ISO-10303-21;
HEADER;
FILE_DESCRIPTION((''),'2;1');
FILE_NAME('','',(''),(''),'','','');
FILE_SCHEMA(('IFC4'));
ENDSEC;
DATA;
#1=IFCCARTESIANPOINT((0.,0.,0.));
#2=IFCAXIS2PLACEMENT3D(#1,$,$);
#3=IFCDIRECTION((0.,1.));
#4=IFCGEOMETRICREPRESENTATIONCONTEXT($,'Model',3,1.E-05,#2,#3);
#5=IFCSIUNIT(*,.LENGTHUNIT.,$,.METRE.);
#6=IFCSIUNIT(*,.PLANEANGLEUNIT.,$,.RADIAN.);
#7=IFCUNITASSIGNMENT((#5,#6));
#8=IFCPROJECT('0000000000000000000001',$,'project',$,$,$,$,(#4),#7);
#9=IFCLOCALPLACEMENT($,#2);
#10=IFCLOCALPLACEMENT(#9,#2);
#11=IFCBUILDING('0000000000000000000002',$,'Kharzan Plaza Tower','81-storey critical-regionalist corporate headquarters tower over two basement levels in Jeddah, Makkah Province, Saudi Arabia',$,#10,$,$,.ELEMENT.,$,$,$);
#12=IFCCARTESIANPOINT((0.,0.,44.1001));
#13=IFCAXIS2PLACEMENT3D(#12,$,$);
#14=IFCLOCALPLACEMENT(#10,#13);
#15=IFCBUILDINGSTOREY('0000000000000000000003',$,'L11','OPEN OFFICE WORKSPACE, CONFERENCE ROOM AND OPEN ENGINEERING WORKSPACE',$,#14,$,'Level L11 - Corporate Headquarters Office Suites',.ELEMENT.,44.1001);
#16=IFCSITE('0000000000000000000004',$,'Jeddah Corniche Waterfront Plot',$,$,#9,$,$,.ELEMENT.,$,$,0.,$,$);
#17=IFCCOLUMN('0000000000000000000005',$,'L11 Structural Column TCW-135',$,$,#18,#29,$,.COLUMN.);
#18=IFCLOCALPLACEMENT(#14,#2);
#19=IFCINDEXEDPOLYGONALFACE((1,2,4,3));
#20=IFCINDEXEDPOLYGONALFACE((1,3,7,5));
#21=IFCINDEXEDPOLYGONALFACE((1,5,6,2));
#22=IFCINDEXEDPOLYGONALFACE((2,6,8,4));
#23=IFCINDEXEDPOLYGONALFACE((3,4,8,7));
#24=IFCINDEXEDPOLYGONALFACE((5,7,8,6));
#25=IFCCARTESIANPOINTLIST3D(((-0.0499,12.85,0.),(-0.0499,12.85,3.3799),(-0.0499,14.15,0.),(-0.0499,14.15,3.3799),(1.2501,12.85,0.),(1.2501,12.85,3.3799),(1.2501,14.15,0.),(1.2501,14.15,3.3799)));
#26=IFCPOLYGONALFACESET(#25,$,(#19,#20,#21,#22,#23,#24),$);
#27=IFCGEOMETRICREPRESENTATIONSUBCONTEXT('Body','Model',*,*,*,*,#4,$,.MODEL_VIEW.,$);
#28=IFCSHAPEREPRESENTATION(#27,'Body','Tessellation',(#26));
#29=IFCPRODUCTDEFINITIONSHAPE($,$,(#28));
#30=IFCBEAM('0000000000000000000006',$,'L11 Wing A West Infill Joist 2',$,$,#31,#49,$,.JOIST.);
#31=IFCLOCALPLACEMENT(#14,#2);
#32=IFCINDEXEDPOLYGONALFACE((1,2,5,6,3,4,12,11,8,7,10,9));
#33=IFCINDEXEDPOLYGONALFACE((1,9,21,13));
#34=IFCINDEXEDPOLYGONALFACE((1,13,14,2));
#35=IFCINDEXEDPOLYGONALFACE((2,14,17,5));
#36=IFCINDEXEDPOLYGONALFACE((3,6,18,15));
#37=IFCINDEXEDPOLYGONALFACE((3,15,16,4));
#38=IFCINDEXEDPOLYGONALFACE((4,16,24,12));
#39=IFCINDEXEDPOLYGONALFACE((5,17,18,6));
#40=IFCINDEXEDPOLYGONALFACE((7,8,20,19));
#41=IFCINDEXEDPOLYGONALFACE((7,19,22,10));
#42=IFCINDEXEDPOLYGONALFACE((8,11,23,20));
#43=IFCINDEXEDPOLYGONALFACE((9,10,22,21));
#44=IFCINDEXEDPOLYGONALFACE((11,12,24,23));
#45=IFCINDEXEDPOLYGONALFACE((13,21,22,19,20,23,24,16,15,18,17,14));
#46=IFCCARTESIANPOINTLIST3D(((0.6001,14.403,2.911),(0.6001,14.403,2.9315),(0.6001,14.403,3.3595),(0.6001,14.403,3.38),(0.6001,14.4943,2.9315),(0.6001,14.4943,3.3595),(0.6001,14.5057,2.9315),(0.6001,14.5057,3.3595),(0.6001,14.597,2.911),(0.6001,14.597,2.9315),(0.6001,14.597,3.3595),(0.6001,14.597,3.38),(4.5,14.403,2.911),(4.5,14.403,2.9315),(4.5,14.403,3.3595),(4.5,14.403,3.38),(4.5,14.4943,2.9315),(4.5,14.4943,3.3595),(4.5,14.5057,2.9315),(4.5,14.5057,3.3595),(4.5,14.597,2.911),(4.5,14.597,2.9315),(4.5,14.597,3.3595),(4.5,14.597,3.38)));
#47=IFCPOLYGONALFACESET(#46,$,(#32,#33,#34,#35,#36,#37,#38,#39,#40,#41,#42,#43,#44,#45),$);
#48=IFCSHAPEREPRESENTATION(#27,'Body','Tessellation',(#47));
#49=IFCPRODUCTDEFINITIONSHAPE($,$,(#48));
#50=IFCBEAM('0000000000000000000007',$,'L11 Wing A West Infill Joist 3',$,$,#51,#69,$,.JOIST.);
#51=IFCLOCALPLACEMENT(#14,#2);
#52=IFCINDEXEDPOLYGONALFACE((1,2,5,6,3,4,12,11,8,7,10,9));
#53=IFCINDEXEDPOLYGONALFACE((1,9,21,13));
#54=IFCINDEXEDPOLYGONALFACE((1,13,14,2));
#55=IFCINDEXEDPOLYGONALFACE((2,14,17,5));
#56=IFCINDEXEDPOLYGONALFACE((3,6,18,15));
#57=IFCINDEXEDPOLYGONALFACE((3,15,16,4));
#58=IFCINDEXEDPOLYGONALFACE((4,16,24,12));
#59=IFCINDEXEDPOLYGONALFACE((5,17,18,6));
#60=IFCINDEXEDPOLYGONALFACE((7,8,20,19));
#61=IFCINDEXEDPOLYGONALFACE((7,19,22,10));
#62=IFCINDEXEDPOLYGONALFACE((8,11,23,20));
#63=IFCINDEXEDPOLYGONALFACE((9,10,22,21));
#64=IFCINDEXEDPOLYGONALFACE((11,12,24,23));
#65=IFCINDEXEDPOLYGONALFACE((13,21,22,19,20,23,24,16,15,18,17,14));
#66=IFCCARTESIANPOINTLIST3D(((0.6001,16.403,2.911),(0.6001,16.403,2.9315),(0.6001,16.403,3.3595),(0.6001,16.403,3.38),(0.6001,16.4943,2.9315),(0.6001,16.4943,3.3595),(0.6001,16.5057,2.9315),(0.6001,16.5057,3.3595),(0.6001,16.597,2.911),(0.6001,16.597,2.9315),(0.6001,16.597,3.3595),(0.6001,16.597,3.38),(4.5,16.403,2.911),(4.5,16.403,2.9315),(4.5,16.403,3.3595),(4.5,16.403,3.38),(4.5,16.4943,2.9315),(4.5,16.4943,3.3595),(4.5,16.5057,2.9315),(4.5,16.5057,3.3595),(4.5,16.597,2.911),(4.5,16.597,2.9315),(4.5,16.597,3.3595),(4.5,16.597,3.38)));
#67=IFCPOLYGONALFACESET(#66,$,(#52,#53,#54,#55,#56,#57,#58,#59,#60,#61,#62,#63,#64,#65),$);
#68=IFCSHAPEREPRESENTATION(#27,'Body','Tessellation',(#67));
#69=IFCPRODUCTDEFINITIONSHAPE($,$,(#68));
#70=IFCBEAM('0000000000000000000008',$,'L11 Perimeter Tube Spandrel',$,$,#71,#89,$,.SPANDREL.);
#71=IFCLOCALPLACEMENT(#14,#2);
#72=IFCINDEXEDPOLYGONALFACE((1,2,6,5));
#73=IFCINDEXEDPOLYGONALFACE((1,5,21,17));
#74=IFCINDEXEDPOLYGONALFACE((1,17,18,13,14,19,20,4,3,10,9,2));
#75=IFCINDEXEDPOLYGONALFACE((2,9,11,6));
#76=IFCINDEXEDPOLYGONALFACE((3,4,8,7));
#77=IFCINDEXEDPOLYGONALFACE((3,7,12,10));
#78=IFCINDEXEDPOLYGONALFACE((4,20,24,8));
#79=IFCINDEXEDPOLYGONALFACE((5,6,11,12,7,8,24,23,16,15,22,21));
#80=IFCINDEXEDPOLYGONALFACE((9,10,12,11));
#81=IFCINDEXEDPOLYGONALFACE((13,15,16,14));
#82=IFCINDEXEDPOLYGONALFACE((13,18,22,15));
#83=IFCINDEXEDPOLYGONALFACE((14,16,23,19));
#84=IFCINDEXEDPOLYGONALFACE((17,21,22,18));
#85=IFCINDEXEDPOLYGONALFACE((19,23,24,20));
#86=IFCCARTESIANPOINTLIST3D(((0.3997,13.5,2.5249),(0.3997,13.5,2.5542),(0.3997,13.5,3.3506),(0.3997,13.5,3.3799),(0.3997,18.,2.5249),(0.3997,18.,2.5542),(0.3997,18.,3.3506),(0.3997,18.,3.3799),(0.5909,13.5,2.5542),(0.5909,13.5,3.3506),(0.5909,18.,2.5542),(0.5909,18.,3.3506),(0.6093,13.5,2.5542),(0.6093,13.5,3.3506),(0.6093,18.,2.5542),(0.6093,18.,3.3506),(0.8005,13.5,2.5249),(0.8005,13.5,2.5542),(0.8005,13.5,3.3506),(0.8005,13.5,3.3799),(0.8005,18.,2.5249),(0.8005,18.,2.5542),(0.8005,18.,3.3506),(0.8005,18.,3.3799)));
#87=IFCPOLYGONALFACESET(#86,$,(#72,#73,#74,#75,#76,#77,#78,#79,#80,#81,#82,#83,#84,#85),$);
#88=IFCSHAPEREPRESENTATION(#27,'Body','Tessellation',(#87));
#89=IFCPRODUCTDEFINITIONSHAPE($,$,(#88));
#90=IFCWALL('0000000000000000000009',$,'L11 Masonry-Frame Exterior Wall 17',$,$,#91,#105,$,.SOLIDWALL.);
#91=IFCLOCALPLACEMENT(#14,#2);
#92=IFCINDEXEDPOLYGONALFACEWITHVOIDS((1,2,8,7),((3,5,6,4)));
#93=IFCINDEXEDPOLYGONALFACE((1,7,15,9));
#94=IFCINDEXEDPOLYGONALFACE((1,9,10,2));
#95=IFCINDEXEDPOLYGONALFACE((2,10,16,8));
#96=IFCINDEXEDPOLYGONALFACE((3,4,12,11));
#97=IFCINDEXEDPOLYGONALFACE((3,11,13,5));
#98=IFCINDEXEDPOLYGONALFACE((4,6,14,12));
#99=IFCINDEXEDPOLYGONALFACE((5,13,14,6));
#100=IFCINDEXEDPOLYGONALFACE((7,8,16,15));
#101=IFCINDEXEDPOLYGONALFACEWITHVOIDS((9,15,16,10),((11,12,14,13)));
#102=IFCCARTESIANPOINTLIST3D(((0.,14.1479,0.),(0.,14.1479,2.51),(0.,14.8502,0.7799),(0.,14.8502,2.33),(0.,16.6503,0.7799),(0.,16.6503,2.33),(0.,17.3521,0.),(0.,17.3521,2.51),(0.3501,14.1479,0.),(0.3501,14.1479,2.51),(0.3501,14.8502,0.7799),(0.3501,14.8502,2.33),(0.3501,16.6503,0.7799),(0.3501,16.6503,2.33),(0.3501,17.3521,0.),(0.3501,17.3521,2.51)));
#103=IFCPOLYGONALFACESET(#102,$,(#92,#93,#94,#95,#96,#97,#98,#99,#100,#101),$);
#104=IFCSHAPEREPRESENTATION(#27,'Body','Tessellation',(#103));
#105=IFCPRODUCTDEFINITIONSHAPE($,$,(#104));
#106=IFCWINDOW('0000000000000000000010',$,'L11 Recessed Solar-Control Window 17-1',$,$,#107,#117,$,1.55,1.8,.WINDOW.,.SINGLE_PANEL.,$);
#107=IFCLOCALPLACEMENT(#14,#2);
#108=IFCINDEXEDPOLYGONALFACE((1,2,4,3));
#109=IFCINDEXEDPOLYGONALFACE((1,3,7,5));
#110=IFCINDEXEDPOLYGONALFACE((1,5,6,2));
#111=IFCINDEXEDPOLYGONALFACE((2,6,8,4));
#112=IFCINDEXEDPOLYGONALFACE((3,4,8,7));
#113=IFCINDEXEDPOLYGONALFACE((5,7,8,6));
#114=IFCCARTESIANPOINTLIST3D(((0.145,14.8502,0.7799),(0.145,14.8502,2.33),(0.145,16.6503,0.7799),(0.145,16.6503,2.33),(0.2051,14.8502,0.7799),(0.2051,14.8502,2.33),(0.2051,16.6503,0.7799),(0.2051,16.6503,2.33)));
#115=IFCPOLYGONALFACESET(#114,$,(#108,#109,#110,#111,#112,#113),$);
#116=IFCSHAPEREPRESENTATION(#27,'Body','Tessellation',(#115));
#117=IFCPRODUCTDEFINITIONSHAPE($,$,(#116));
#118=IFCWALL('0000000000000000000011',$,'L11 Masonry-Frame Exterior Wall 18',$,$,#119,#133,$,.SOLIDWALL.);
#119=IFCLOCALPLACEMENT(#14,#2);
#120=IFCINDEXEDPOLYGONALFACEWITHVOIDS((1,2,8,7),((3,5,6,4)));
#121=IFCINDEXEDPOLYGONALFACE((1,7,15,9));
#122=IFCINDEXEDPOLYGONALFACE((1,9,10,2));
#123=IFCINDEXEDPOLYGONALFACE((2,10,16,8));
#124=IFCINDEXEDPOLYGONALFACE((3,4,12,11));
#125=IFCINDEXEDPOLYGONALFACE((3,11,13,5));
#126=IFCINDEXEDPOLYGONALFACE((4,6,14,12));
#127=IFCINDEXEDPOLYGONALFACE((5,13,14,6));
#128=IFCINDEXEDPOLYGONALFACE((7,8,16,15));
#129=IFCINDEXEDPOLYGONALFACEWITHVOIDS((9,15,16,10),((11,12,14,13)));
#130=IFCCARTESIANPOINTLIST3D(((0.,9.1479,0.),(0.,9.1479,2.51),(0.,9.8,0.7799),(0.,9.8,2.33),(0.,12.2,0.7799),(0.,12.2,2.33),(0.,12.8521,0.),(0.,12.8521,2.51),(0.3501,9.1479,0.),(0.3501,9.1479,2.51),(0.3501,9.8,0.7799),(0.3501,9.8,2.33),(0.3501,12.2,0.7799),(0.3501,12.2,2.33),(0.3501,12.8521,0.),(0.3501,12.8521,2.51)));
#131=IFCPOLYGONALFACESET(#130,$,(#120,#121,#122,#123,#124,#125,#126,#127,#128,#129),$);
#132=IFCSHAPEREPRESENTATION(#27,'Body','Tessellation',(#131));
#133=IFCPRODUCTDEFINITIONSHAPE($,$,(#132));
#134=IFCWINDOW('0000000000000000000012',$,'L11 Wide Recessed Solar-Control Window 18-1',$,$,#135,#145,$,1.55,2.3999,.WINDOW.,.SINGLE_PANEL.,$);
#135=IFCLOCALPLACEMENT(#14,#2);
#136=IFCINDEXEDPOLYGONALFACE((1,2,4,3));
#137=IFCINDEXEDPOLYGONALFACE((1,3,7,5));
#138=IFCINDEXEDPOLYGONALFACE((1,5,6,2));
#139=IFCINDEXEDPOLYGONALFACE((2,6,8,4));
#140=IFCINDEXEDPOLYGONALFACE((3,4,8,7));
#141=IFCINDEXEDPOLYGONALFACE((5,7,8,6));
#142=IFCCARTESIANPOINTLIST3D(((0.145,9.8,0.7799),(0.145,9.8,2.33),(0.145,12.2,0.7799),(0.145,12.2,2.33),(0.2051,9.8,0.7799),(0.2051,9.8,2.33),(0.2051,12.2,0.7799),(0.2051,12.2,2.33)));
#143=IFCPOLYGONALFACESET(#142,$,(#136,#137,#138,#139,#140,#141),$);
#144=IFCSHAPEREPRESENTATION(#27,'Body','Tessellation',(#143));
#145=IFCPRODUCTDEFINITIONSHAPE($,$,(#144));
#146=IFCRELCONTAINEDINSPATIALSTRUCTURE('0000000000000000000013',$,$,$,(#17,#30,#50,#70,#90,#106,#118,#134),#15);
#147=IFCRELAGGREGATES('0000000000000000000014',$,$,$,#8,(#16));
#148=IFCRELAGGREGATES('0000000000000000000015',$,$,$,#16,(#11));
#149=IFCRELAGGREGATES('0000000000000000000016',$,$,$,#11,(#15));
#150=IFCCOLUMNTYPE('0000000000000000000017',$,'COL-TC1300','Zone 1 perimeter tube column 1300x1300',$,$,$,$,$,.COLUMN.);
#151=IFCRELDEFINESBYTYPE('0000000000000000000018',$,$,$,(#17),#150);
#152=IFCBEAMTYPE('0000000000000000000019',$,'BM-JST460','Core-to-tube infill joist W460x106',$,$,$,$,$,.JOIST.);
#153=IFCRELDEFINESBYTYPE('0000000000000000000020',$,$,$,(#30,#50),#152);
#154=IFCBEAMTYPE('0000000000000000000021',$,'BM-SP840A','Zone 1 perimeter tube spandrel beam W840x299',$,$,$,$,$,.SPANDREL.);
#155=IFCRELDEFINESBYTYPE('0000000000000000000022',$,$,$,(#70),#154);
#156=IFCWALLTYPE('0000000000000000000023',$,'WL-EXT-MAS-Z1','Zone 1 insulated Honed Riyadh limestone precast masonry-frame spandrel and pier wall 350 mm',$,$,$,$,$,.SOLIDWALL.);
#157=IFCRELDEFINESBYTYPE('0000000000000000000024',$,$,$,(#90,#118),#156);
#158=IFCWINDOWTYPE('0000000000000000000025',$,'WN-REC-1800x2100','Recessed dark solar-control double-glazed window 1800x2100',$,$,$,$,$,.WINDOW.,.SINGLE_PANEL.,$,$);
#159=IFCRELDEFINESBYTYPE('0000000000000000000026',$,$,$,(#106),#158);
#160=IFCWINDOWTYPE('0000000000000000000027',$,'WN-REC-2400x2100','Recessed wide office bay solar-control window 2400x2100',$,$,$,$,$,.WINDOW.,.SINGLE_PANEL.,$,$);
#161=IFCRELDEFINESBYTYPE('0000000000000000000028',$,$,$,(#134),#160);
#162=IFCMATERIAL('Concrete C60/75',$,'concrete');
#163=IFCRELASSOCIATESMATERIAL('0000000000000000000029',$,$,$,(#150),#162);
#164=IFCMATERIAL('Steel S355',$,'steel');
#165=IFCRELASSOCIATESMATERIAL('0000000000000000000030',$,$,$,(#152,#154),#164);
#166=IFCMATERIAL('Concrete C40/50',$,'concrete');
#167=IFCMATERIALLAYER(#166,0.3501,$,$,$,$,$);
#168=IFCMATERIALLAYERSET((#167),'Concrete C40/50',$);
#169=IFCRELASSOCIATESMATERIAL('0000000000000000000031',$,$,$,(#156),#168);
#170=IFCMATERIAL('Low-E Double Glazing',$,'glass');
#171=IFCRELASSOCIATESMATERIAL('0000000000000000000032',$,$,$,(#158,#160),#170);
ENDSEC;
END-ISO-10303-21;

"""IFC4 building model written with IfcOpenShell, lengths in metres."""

from ifc_helpers import new_model, si_unit, direction, frame, frame_2d, origin, origin_2d, place, context, subcontext, project, spatial, rectangle, i_section, extrude, source, transform, mapped, material, layer, layer_set, material_profile, profile_set, type_object, element, fill, save


model = new_model("IFC4")

# Units and contexts
model_context = context("Model", 3, precision=1e-05, world=origin(), true_north=direction((0.0, 1.0)))
body_context = subcontext(model_context, "Body", "Model", "MODEL_VIEW")
ifc_project = project(units=[si_unit("LENGTHUNIT", "METRE"), si_unit("PLANEANGLEUNIT", "RADIAN")], contexts=[model_context])

# Site, building, storey
site_placement = place(None, origin())
site = spatial("IfcSite", under=ifc_project, at=site_placement, Name="Jeddah Corniche Waterfront Plot", CompositionType="ELEMENT", RefElevation=0.0)
building_placement = place(site_placement, origin())
building = spatial("IfcBuilding", under=site, at=building_placement, Name="Kharzan Plaza Tower", Description="81-storey critical-regionalist corporate headquarters tower over two basement levels in Jeddah, Makkah Province, Saudi Arabia", CompositionType="ELEMENT")
storey_placement = place(building_placement, frame((0.0, 0.0, 44.1001)))
storey = spatial("IfcBuildingStorey", under=building, at=storey_placement, Name="L11", Description="OPEN OFFICE WORKSPACE, CONFERENCE ROOM AND OPEN ENGINEERING WORKSPACE", LongName="Level L11 - Corporate Headquarters Office Suites", CompositionType="ELEMENT", Elevation=44.1001)

# Column
ifc_material_1 = material(Name="Concrete C60/75", Category="concrete")
ifc_material_profile_1 = material_profile(ifc_material_1, rectangle(XDim=1.3, YDim=1.3, at=origin_2d()), Name="RC-TC1300x1300")
ifc_profile_set_1 = profile_set([ifc_material_profile_1], Name="Concrete C60/75")
column_type = type_object("IfcColumnType", Name="COL-TC1300", Description="Zone 1 perimeter tube column 1300x1300", PredefinedType="COLUMN", material=ifc_profile_set_1)
shared_shape_1 = source(origin(), body_context, "Body", "SweptSolid", [
    extrude(rectangle(XDim=1.3, YDim=1.3, at=origin_2d()), origin(), (0.0, 0.0, 1.0), 3.3799),
])
column_placement = place(storey_placement, frame((0.6001, 13.5, 0.0), z_axis=(0.0, 0.0, 1.0), x_axis=(1.0, 0.0, 0.0)))
element("IfcColumn", 1, at=column_placement, inside=storey, type_object=column_type, Name="L11 Structural Column TCW-135", PredefinedType="COLUMN", context=body_context, shape_type="MappedRepresentation", body=[
    mapped(shared_shape_1, transform((0.0, 0.0, 0.0), x_axis=(1.0, 0.0, 0.0), y_axis=(0.0, 1.0, 0.0), z_axis=(0.0, 0.0, 1.0))),
])

# Beams
ifc_material_2 = material(Name="Steel S355", Category="steel")
ifc_material_profile_2 = material_profile(ifc_material_2, i_section(OverallWidth=0.1941, OverallDepth=0.469, WebThickness=0.0115, FlangeThickness=0.0205, at=origin_2d()), Name="W460x106")
ifc_profile_set_2 = profile_set([ifc_material_profile_2], Name="Steel S355")
beam_type_1 = type_object("IfcBeamType", Name="BM-JST460", Description="Core-to-tube infill joist W460x106", PredefinedType="JOIST", material=ifc_profile_set_2)
shared_shape_2 = source(origin(), body_context, "Body", "SweptSolid", [
    extrude(i_section(OverallWidth=0.1941, OverallDepth=0.469, WebThickness=0.0115, FlangeThickness=0.0205, at=origin_2d()), origin(), (0.0, 0.0, 1.0), 3.8999),
])
for number, where, z_axis, x_axis, name in (
    (2, (0.6001, 14.5, 3.1455), (1.0, 0.0, 0.0), (0.0, 1.0, 0.0), "L11 Wing A West Infill Joist 2"),
    (3, (0.6001, 16.5, 3.1455), (1.0, 0.0, 0.0), (0.0, 1.0, 0.0), "L11 Wing A West Infill Joist 3"),
):
    element("IfcBeam", number, at=place(storey_placement, frame(where, z_axis=z_axis, x_axis=x_axis)), inside=storey, type_object=beam_type_1, Name=name, PredefinedType="JOIST", context=body_context, shape_type="MappedRepresentation", body=[
        mapped(shared_shape_2, transform((0.0, 0.0, 0.0), x_axis=(1.0, 0.0, 0.0), y_axis=(0.0, 1.0, 0.0), z_axis=(0.0, 0.0, 1.0))),
    ])
ifc_material_profile_3 = material_profile(ifc_material_2, i_section(OverallWidth=0.4009, OverallDepth=0.855, WebThickness=0.0183, FlangeThickness=0.0293, at=origin_2d()), Name="W840x299")
ifc_profile_set_3 = profile_set([ifc_material_profile_3], Name="Steel S355")
beam_type_2 = type_object("IfcBeamType", Name="BM-SP840A", Description="Zone 1 perimeter tube spandrel beam W840x299", PredefinedType="SPANDREL", material=ifc_profile_set_3)
shared_shape_3 = source(origin(), body_context, "Body", "SweptSolid", [
    extrude(i_section(OverallWidth=0.4009, OverallDepth=0.855, WebThickness=0.0183, FlangeThickness=0.0293, at=origin_2d()), origin(), (0.0, 0.0, 1.0), 4.5),
])
beam_placement = place(storey_placement, frame((0.6001, 13.5, 2.9524), z_axis=(0.0, 1.0, 0.0), x_axis=(-1.0, 0.0, 0.0)))
element("IfcBeam", 4, at=beam_placement, inside=storey, type_object=beam_type_2, Name="L11 Perimeter Tube Spandrel", PredefinedType="SPANDREL", context=body_context, shape_type="MappedRepresentation", body=[
    mapped(shared_shape_3, transform((0.0, 0.0, 0.0), x_axis=(1.0, 0.0, 0.0), y_axis=(0.0, 1.0, 0.0), z_axis=(0.0, 0.0, 1.0))),
])

# Walls, openings, windows
ifc_material_3 = material(Name="Concrete C40/50", Category="concrete")
ifc_layer_1 = layer(ifc_material_3, 0.3501)
ifc_layer_set_1 = layer_set([ifc_layer_1], Name="Concrete C40/50")
wall_type_1 = type_object("IfcWallType", Name="WL-EXT-MAS-Z1", Description="Zone 1 insulated Honed Riyadh limestone precast masonry-frame spandrel and pier wall 350 mm", PredefinedType="SOLIDWALL", material=ifc_layer_set_1)
wall_1_placement = place(storey_placement, frame((0.175, 17.3521, 0.0), z_axis=(0.0, 0.0, 1.0), x_axis=(0.0, -1.0, 0.0)))
wall_1 = element("IfcWall", 5, at=wall_1_placement, inside=storey, type_object=wall_type_1, Name="L11 Masonry-Frame Exterior Wall 17", PredefinedType="SOLIDWALL", context=body_context, shape_type="SweptSolid", body=[
    extrude(rectangle(XDim=3.2041, YDim=0.3501, at=frame_2d((1.6021, 0.0))), origin(), (0.0, 0.0, 1.0), 2.51),
])
opening_1_placement = place(wall_1_placement, frame((0.7019, 0.0, 0.78)))
opening_1 = element("IfcOpeningElement", 6, at=opening_1_placement, cuts=wall_1, PredefinedType="OPENING", context=body_context, shape_type="SweptSolid", body=[
    extrude(rectangle(XDim=1.8, YDim=1.55, at=frame_2d((0.8999, 0.7749))), frame((0.0, 0.1851, 0.0), z_axis=(0.0, -1.0, 0.0), x_axis=(1.0, 0.0, 0.0)), (0.0, 0.0, 1.0), 0.3701),
])
ifc_material_4 = material(Name="Low-E Double Glazing", Category="glass")
window_type_1 = type_object("IfcWindowType", Name="WN-REC-1800x2100", Description="Recessed dark solar-control double-glazed window 1800x2100", PartitioningType="SINGLE_PANEL", PredefinedType="WINDOW", material=ifc_material_4)
shared_shape_4 = source(origin(), body_context, "Body", "SweptSolid", [
    extrude(rectangle(XDim=1.8, YDim=1.55, at=frame_2d((0.8999, 0.7749))), frame((0.0, 0.03, 0.0), z_axis=(0.0, -1.0, 0.0), x_axis=(1.0, 0.0, 0.0)), (0.0, 0.0, 1.0), 0.0601),
])
window_1_placement = place(opening_1_placement, origin())
window_1 = element("IfcWindow", 7, at=window_1_placement, inside=storey, type_object=window_type_1, Name="L11 Recessed Solar-Control Window 17-1", OverallHeight=1.55, OverallWidth=1.8, PartitioningType="SINGLE_PANEL", PredefinedType="WINDOW", context=body_context, shape_type="MappedRepresentation", body=[
    mapped(shared_shape_4, transform((0.0, 0.0, 0.0), x_axis=(1.0, 0.0, 0.0), y_axis=(0.0, 1.0, 0.0), z_axis=(0.0, 0.0, 1.0))),
])
fill(opening_1, window_1)
wall_2_placement = place(storey_placement, frame((0.175, 12.8521, 0.0), z_axis=(0.0, 0.0, 1.0), x_axis=(0.0, -1.0, 0.0)))
wall_2 = element("IfcWall", 8, at=wall_2_placement, inside=storey, type_object=wall_type_1, Name="L11 Masonry-Frame Exterior Wall 18", PredefinedType="SOLIDWALL", context=body_context, shape_type="SweptSolid", body=[
    extrude(rectangle(XDim=3.7041, YDim=0.3501, at=frame_2d((1.8521, 0.0))), origin(), (0.0, 0.0, 1.0), 2.51),
])
opening_2_placement = place(wall_2_placement, frame((0.6521, 0.0, 0.78)))
opening_2 = element("IfcOpeningElement", 9, at=opening_2_placement, cuts=wall_2, PredefinedType="OPENING", context=body_context, shape_type="SweptSolid", body=[
    extrude(rectangle(XDim=2.3999, YDim=1.55, at=frame_2d((1.2, 0.7749))), frame((0.0, 0.1851, 0.0), z_axis=(0.0, -1.0, 0.0), x_axis=(1.0, 0.0, 0.0)), (0.0, 0.0, 1.0), 0.3701),
])
window_type_2 = type_object("IfcWindowType", Name="WN-REC-2400x2100", Description="Recessed wide office bay solar-control window 2400x2100", PartitioningType="SINGLE_PANEL", PredefinedType="WINDOW", material=ifc_material_4)
shared_shape_5 = source(origin(), body_context, "Body", "SweptSolid", [
    extrude(rectangle(XDim=2.3999, YDim=1.55, at=frame_2d((1.2, 0.7749))), frame((0.0, 0.03, 0.0), z_axis=(0.0, -1.0, 0.0), x_axis=(1.0, 0.0, 0.0)), (0.0, 0.0, 1.0), 0.0601),
])
window_2_placement = place(opening_2_placement, origin())
window_2 = element("IfcWindow", 10, at=window_2_placement, inside=storey, type_object=window_type_2, Name="L11 Wide Recessed Solar-Control Window 18-1", OverallHeight=1.55, OverallWidth=2.3999, PartitioningType="SINGLE_PANEL", PredefinedType="WINDOW", context=body_context, shape_type="MappedRepresentation", body=[
    mapped(shared_shape_5, transform((0.0, 0.0, 0.0), x_axis=(1.0, 0.0, 0.0), y_axis=(0.0, 1.0, 0.0), z_axis=(0.0, 0.0, 1.0))),
])
fill(opening_2, window_2)

save(model, "model.ifc")
